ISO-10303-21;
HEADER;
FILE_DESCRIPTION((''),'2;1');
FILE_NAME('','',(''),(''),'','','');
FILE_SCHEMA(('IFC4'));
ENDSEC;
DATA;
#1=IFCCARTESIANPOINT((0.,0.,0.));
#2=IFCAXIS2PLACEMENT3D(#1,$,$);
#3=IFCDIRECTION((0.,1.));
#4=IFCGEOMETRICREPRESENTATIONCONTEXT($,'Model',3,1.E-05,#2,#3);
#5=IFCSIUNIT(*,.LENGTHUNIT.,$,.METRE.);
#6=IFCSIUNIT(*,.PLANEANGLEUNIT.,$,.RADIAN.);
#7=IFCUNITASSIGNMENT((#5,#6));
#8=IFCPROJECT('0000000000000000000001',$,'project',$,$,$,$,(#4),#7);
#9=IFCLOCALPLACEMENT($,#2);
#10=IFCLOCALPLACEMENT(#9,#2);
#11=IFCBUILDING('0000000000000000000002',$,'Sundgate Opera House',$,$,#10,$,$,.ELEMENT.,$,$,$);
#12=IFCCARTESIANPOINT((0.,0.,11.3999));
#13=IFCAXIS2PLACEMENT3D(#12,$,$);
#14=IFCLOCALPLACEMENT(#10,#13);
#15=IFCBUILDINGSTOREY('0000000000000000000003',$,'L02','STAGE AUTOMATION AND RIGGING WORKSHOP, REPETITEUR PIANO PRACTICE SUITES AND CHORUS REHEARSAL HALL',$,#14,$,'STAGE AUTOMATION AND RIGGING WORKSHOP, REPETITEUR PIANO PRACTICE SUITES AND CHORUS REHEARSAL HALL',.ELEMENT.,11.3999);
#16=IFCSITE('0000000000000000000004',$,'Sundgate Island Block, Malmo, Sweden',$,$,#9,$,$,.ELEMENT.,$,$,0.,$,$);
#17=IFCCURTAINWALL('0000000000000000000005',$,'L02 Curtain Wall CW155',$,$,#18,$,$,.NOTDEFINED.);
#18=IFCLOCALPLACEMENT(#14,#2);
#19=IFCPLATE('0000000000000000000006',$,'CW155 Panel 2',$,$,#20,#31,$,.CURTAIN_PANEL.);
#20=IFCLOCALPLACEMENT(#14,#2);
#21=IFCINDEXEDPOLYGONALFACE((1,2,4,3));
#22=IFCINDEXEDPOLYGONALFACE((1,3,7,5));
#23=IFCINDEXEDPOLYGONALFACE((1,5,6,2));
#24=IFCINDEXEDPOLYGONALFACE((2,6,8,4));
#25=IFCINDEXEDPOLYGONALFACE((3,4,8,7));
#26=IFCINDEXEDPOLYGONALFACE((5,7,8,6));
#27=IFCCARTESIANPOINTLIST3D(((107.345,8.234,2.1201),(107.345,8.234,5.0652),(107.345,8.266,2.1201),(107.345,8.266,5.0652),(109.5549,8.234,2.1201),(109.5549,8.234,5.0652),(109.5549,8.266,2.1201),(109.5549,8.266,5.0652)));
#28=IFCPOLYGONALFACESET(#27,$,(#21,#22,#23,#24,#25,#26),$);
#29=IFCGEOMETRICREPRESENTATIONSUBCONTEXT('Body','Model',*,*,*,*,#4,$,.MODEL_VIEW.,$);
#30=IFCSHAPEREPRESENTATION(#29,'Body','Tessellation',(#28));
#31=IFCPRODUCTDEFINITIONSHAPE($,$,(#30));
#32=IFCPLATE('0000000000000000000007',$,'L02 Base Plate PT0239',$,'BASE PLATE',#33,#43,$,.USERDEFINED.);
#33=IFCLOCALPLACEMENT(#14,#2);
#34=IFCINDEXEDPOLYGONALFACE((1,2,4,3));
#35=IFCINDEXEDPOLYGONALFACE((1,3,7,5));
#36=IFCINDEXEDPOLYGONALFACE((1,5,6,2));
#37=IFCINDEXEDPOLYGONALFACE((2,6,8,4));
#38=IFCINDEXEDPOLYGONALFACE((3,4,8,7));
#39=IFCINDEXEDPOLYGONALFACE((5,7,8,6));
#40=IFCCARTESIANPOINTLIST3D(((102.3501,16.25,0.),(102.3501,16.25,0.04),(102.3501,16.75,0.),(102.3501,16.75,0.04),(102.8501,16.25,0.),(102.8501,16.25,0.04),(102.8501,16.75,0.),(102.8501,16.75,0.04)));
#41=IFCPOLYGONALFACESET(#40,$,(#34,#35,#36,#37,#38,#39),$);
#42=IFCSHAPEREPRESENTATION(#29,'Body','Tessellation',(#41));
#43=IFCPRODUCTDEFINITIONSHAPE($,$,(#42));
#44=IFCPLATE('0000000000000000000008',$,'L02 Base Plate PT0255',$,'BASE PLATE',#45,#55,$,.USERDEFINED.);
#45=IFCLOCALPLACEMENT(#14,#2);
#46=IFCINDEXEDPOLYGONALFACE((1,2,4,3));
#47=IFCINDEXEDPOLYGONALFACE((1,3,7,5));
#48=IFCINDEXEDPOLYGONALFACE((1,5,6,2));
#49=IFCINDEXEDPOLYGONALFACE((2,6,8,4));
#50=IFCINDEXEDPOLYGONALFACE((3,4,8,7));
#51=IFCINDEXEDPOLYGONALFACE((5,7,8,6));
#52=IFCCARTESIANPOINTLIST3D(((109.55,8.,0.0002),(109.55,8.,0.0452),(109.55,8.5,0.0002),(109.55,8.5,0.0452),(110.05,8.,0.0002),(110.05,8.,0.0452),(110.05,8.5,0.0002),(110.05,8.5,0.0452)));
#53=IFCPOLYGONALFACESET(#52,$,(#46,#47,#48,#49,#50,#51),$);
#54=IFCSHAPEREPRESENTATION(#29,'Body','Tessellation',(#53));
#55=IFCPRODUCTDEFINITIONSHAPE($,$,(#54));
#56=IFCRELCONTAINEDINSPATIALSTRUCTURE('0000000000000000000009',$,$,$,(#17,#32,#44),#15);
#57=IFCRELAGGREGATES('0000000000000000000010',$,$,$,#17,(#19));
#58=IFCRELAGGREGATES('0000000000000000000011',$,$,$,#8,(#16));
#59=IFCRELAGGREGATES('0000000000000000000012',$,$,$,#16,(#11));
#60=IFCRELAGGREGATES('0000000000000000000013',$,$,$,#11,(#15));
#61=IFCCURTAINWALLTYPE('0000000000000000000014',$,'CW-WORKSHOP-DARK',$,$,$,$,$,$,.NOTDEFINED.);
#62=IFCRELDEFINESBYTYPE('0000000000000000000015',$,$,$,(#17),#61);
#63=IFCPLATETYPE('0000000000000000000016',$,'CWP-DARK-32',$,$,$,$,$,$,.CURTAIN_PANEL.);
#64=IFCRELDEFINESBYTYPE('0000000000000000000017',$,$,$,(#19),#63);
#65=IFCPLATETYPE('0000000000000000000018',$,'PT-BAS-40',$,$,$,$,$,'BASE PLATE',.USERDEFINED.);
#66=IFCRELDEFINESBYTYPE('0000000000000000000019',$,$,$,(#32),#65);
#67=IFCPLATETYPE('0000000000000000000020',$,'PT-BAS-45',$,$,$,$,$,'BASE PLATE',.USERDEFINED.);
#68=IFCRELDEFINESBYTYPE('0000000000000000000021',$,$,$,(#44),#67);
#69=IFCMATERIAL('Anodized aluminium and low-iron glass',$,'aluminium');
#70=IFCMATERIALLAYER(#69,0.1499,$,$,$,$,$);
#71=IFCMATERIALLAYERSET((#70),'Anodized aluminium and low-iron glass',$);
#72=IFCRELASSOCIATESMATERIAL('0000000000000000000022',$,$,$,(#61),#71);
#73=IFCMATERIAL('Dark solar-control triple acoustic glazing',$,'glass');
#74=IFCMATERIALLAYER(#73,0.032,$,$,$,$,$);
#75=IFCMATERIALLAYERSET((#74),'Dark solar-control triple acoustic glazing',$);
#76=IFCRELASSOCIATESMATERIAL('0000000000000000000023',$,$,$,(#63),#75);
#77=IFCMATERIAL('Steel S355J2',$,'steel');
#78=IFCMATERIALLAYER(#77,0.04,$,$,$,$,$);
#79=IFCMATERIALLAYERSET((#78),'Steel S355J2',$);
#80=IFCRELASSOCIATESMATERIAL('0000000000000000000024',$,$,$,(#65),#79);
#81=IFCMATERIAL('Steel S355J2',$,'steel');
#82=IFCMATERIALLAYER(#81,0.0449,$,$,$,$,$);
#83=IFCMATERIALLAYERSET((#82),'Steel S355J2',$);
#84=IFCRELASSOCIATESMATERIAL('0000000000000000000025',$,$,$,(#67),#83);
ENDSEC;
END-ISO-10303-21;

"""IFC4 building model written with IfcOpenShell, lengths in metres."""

from ifc_helpers import new_model, si_unit, direction, frame, origin, origin_2d, place, context, subcontext, project, spatial, rectangle, extrude, material, layer, layer_set, type_object, element, aggregate, save


model = new_model("IFC4")

# Units and contexts
model_context = context("Model", 3, precision=1e-05, world=origin(), true_north=direction((0.0, 1.0)))
body_context = subcontext(model_context, "Body", "Model", "MODEL_VIEW")
ifc_project = project(units=[si_unit("LENGTHUNIT", "METRE"), si_unit("PLANEANGLEUNIT", "RADIAN")], contexts=[model_context])

# Site, building, storey
site_placement = place(None, origin())
site = spatial("IfcSite", under=ifc_project, at=site_placement, Name="Sundgate Island Block, Malmo, Sweden", CompositionType="ELEMENT", RefElevation=0.0)
building_placement = place(site_placement, origin())
building = spatial("IfcBuilding", under=site, at=building_placement, Name="Sundgate Opera House", CompositionType="ELEMENT")
storey_placement = place(building_placement, frame((0.0, 0.0, 11.3999)))
storey = spatial("IfcBuildingStorey", under=building, at=storey_placement, Name="L02", Description="STAGE AUTOMATION AND RIGGING WORKSHOP, REPETITEUR PIANO PRACTICE SUITES AND CHORUS REHEARSAL HALL", LongName="STAGE AUTOMATION AND RIGGING WORKSHOP, REPETITEUR PIANO PRACTICE SUITES AND CHORUS REHEARSAL HALL", CompositionType="ELEMENT", Elevation=11.3999)

# Curtain wall
ifc_material_1 = material(Name="Anodized aluminium and low-iron glass", Category="aluminium")
ifc_layer_1 = layer(ifc_material_1, 0.1499)
ifc_layer_set_1 = layer_set([ifc_layer_1], Name="Anodized aluminium and low-iron glass")
curtain_wall_type = type_object("IfcCurtainWallType", Name="CW-WORKSHOP-DARK", PredefinedType="NOTDEFINED", material=ifc_layer_set_1)
curtain_wall_placement = place(storey_placement, origin())
curtain_wall = element("IfcCurtainWall", 1, at=curtain_wall_placement, inside=storey, type_object=curtain_wall_type, Name="L02 Curtain Wall CW155", PredefinedType="NOTDEFINED")

# Plate
ifc_material_2 = material(Name="Dark solar-control triple acoustic glazing", Category="glass")
ifc_layer_2 = layer(ifc_material_2, 0.032)
ifc_layer_set_2 = layer_set([ifc_layer_2], Name="Dark solar-control triple acoustic glazing")
plate_type_1 = type_object("IfcPlateType", Name="CWP-DARK-32", PredefinedType="CURTAIN_PANEL", material=ifc_layer_set_2)
plate_1_placement = place(storey_placement, frame((108.45, 8.25, 2.1201), z_axis=(0.0, 0.0, 1.0), x_axis=(-1.0, 0.0, 0.0)))
plate_1 = element("IfcPlate", 2, at=plate_1_placement, type_object=plate_type_1, Name="CW155 Panel 2", PredefinedType="CURTAIN_PANEL", context=body_context, shape_type="SweptSolid", body=[
    extrude(rectangle(XDim=2.21, YDim=0.032, at=origin_2d()), origin(), (0.0, 0.0, 1.0), 2.9451),
])
aggregate(curtain_wall, [plate_1])

# Plates
ifc_material_3 = material(Name="Steel S355J2", Category="steel")
ifc_layer_3 = layer(ifc_material_3, 0.04)
ifc_layer_set_3 = layer_set([ifc_layer_3], Name="Steel S355J2")
plate_type_2 = type_object("IfcPlateType", Name="PT-BAS-40", ElementType="BASE PLATE", PredefinedType="USERDEFINED", material=ifc_layer_set_3)
plate_2_placement = place(storey_placement, frame((102.6001, 16.5, 0.0), z_axis=(0.0, 0.0, 1.0), x_axis=(1.0, 0.0, 0.0)))
element("IfcPlate", 3, at=plate_2_placement, inside=storey, type_object=plate_type_2, Name="L02 Base Plate PT0239", ObjectType="BASE PLATE", PredefinedType="USERDEFINED", context=body_context, shape_type="SweptSolid", body=[
    extrude(rectangle(XDim=0.5, YDim=0.5, at=origin_2d()), origin(), (0.0, 0.0, 1.0), 0.04),
])
ifc_material_4 = material(Name="Steel S355J2", Category="steel")
ifc_layer_4 = layer(ifc_material_4, 0.0449)
ifc_layer_set_4 = layer_set([ifc_layer_4], Name="Steel S355J2")
plate_type_3 = type_object("IfcPlateType", Name="PT-BAS-45", ElementType="BASE PLATE", PredefinedType="USERDEFINED", material=ifc_layer_set_4)
plate_3_placement = place(storey_placement, frame((109.8, 8.25, 0.0002), z_axis=(0.0, 0.0, 1.0), x_axis=(1.0, 0.0, 0.0)))
element("IfcPlate", 4, at=plate_3_placement, inside=storey, type_object=plate_type_3, Name="L02 Base Plate PT0255", ObjectType="BASE PLATE", PredefinedType="USERDEFINED", context=body_context, shape_type="SweptSolid", body=[
    extrude(rectangle(XDim=0.5, YDim=0.5, at=origin_2d()), origin(), (0.0, 0.0, 1.0), 0.0449),
])

save(model, "model.ifc")
